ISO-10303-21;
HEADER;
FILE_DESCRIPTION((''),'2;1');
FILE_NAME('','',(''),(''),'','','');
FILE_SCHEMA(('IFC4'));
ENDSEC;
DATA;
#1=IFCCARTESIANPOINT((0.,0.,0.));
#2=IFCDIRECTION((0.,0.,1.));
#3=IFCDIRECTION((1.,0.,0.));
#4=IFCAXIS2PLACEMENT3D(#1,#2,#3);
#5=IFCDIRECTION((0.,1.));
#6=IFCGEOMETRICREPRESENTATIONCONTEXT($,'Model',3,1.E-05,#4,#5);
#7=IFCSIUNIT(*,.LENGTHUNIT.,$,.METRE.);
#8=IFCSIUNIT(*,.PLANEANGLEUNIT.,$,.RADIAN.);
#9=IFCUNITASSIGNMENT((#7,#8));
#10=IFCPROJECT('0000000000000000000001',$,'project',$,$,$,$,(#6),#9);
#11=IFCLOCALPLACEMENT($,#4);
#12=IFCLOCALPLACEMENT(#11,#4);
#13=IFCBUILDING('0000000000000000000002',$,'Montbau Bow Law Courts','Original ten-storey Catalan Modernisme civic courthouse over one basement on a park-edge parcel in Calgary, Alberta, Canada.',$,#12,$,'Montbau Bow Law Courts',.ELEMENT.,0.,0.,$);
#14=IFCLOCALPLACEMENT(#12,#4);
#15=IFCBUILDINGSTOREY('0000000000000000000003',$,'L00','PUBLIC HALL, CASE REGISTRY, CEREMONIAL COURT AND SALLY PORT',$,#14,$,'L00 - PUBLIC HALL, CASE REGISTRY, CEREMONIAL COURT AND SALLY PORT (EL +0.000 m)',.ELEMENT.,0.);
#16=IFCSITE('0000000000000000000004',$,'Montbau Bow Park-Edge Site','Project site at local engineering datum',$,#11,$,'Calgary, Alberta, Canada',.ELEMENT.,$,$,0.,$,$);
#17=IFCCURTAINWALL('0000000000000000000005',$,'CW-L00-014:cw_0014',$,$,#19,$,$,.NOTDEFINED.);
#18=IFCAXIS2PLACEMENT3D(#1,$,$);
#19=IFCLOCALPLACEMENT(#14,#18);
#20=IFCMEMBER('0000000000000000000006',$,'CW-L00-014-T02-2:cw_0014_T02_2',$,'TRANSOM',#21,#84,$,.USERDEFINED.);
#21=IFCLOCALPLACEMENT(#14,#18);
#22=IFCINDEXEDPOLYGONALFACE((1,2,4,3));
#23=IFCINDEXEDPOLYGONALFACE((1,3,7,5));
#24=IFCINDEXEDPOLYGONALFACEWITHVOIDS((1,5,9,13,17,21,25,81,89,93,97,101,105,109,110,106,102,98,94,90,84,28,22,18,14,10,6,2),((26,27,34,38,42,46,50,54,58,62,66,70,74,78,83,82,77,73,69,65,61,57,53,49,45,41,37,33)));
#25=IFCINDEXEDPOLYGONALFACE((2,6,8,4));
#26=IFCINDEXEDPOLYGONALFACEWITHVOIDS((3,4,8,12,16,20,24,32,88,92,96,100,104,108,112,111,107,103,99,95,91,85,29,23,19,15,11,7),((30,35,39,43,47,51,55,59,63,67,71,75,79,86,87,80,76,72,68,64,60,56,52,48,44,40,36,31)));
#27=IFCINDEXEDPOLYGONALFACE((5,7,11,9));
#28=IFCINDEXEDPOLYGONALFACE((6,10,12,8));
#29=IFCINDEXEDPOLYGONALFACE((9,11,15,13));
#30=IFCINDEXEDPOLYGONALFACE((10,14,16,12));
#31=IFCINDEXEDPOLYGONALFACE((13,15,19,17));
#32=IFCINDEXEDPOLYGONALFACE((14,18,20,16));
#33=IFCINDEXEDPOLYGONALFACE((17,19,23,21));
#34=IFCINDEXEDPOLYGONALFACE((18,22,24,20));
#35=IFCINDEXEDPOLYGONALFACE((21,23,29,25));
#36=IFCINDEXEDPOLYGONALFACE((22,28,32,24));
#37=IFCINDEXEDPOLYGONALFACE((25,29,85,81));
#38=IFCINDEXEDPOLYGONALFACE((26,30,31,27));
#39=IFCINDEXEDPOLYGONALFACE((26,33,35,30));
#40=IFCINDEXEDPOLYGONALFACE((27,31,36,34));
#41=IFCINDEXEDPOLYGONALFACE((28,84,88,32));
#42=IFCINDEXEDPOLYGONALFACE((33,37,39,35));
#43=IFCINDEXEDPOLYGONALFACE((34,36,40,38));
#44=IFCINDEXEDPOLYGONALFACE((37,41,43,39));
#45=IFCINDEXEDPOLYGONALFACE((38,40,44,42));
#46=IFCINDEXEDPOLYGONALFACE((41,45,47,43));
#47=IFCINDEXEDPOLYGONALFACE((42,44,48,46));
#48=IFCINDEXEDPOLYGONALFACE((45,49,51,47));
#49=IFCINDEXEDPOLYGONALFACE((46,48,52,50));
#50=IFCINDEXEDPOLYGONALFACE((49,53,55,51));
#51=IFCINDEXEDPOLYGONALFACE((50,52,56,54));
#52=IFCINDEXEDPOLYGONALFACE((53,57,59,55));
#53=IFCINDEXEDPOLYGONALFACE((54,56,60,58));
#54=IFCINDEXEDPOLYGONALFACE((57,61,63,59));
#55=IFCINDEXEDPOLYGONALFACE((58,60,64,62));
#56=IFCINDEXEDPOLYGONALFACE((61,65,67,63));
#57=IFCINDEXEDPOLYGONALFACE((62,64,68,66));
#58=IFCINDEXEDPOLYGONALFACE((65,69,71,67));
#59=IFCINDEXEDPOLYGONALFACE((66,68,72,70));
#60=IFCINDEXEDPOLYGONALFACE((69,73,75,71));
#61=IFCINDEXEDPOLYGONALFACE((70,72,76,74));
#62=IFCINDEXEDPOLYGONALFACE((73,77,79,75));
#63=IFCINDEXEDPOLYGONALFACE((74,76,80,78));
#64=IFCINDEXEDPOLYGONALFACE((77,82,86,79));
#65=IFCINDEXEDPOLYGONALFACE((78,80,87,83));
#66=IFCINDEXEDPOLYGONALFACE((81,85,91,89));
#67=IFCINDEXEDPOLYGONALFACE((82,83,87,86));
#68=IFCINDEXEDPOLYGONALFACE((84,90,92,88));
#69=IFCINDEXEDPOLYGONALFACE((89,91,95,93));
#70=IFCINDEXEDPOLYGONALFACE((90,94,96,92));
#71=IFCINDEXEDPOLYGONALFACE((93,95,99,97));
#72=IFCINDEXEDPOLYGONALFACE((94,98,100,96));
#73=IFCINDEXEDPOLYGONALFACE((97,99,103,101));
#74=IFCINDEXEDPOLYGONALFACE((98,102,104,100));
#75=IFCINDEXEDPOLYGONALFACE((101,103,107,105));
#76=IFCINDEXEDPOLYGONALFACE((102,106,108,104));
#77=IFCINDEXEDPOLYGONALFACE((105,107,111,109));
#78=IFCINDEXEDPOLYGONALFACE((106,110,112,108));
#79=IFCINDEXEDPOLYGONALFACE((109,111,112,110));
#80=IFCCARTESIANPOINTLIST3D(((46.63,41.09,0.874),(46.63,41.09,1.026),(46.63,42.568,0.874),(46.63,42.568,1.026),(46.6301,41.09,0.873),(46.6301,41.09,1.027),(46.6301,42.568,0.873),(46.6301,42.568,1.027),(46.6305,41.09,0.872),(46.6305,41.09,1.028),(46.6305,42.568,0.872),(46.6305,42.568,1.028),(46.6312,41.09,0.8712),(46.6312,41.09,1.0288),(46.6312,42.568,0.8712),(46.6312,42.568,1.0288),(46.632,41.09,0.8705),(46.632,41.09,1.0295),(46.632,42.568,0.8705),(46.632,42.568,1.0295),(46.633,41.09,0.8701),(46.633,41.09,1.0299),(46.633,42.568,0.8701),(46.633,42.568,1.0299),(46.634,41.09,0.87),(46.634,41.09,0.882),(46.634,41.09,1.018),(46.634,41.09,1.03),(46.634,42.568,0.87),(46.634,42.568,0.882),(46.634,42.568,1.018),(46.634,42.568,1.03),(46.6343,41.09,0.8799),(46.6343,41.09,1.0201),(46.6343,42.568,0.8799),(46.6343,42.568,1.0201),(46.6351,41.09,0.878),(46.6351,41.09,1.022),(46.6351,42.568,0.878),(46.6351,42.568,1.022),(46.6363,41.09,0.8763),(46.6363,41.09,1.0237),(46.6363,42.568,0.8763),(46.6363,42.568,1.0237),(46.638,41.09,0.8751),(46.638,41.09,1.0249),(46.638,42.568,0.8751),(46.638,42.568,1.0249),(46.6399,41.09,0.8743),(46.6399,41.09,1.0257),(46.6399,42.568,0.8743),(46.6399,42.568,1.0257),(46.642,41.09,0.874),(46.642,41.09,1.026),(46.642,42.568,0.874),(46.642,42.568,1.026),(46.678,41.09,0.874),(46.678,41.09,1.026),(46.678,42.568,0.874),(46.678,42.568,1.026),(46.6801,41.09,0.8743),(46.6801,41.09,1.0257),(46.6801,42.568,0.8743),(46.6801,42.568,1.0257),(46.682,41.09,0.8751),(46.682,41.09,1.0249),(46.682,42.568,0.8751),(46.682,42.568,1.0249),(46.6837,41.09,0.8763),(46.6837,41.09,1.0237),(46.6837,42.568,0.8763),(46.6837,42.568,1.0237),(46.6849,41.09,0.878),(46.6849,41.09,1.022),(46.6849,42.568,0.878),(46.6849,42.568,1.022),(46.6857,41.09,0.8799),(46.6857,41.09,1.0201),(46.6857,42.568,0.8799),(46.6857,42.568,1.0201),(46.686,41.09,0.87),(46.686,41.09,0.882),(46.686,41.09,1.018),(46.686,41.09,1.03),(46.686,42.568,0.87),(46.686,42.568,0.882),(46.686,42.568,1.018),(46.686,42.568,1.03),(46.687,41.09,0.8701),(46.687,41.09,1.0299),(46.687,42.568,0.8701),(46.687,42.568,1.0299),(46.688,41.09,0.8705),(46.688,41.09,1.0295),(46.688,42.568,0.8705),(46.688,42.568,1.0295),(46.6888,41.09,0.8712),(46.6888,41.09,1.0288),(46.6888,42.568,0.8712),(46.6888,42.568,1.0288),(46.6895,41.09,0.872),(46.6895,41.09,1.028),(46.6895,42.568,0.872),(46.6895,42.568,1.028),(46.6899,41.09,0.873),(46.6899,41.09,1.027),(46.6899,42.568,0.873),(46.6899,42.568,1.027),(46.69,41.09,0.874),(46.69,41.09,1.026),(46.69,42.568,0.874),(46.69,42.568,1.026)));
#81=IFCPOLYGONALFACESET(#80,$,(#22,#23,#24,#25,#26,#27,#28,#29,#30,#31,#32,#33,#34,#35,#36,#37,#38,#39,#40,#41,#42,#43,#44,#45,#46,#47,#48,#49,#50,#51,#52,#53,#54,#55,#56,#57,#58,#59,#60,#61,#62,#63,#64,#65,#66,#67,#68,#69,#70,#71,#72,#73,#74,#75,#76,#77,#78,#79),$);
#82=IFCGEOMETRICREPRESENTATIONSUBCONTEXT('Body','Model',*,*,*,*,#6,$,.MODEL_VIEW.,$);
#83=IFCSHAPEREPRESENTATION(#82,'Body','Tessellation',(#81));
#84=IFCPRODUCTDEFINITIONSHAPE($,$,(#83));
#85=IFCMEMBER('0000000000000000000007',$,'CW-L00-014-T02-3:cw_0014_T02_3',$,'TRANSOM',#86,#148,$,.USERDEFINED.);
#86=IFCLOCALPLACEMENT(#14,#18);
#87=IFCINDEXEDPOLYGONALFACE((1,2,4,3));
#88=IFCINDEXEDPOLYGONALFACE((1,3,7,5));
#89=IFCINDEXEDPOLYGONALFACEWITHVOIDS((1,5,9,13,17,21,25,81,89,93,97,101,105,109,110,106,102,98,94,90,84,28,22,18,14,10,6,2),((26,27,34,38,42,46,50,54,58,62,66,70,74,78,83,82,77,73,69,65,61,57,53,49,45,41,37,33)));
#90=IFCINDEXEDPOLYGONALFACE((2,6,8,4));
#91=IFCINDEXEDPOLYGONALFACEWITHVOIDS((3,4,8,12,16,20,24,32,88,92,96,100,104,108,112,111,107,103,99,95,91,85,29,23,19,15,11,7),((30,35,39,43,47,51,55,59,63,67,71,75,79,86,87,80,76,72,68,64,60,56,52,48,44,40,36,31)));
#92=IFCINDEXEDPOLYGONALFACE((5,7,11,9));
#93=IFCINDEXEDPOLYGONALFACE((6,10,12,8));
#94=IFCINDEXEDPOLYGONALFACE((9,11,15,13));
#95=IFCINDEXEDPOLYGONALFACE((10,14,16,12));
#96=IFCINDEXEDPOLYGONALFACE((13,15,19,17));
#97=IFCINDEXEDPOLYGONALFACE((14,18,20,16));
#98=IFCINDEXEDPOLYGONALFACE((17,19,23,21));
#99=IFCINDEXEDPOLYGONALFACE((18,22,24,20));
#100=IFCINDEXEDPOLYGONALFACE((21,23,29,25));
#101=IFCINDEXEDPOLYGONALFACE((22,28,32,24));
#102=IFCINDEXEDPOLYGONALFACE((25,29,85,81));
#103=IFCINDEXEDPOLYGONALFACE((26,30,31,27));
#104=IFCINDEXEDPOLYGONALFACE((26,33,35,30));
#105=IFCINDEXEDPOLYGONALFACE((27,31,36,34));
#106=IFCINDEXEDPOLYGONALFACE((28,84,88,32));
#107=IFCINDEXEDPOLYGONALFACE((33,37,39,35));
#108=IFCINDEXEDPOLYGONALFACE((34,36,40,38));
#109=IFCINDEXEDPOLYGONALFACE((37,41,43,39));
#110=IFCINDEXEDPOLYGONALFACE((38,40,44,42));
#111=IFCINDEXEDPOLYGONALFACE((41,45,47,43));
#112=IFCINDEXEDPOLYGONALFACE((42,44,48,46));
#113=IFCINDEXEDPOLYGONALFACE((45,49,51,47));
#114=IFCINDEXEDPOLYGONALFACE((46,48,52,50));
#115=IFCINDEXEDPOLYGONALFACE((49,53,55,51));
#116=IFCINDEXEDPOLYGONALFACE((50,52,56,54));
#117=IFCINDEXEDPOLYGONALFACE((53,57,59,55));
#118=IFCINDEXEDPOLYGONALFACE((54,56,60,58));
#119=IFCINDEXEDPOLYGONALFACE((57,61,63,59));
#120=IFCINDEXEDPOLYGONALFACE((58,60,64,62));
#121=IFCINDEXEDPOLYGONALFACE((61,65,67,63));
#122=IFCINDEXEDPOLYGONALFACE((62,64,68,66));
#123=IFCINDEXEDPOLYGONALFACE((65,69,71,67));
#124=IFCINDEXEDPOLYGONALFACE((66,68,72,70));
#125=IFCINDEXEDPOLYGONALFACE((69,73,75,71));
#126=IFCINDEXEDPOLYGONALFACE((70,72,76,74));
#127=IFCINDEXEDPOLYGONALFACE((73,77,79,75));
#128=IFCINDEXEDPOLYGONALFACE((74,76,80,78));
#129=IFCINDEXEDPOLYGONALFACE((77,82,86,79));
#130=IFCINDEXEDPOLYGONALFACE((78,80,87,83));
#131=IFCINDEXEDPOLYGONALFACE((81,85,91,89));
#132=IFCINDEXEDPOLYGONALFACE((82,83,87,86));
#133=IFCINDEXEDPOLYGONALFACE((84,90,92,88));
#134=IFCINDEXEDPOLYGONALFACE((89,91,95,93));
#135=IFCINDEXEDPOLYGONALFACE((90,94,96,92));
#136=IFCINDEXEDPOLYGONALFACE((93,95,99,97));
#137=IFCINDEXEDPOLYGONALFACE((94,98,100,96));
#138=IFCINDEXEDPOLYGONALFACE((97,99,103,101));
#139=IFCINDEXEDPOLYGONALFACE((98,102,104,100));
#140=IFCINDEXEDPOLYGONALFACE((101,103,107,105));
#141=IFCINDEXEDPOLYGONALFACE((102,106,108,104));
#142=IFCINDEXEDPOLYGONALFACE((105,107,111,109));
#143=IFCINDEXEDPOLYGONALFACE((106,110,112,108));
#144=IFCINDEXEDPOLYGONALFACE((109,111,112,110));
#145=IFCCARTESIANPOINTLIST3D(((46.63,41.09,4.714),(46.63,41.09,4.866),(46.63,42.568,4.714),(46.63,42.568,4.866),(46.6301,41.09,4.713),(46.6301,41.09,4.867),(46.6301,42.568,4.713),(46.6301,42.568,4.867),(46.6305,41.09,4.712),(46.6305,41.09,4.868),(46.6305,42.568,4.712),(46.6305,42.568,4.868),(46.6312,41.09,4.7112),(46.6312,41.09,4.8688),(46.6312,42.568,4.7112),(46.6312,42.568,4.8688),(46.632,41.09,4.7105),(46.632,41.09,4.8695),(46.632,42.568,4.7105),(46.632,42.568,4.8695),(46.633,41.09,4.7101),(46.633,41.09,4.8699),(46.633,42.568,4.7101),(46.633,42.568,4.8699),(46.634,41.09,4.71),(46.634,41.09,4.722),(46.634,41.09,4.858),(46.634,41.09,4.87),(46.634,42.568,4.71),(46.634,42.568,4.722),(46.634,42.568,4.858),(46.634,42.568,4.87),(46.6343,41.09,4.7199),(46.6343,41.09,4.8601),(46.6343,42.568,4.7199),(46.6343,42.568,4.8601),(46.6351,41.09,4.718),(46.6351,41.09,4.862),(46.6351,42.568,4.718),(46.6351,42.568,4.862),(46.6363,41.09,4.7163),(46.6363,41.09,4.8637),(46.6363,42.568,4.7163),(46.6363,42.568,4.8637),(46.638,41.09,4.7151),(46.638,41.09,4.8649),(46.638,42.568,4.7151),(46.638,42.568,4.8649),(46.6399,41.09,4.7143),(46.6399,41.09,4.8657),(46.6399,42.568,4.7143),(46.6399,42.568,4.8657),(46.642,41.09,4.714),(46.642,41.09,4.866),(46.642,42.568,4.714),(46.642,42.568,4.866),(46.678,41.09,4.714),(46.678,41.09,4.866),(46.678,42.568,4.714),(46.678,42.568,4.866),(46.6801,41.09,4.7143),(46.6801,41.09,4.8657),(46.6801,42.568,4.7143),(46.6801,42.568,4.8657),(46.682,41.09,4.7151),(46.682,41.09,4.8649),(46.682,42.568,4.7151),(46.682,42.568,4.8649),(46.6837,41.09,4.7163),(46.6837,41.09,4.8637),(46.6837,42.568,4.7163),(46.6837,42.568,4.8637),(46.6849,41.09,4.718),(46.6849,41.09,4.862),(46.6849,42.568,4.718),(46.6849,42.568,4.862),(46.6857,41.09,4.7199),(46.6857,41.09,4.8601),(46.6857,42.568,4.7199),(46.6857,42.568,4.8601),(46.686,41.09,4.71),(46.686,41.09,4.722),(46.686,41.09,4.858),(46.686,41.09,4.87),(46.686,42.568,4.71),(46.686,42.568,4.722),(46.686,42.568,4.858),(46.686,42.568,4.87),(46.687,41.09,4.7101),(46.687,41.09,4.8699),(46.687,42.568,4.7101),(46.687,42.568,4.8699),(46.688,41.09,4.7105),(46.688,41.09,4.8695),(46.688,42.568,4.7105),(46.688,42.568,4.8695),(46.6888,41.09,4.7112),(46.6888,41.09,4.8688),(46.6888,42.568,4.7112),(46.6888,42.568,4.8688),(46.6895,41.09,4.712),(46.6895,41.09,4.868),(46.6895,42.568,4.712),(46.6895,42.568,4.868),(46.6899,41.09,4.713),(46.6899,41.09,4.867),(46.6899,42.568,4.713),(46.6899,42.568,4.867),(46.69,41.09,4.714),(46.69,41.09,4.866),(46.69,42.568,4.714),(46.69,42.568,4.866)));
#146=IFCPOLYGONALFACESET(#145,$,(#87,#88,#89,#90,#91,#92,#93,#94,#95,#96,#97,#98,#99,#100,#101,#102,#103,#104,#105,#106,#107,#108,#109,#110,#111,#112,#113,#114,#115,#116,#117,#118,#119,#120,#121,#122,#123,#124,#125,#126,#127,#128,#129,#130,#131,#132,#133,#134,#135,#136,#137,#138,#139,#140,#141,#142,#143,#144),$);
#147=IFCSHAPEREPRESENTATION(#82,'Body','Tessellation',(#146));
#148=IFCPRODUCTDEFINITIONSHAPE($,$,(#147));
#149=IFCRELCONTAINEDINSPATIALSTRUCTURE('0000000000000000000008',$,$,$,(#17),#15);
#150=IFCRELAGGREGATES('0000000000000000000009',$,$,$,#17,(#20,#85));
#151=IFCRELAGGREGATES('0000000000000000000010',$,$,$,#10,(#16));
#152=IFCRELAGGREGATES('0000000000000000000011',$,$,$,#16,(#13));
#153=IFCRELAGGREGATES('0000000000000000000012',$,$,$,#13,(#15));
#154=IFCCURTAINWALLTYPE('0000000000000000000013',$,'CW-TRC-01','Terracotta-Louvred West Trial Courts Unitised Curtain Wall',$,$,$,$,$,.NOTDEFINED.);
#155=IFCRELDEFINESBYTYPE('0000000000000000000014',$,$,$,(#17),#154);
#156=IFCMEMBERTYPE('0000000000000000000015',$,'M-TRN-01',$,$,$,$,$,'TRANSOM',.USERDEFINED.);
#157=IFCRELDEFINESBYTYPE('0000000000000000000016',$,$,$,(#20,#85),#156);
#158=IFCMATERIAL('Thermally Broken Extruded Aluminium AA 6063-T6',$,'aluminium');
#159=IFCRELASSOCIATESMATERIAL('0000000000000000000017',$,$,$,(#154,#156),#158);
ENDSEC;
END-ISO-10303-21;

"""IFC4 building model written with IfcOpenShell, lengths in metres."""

from ifc_helpers import new_model, si_unit, direction, frame, origin_with_axes, origin_2d_with_axis, place, context, subcontext, project, spatial, hollow_rectangle, extrude, material, material_profile, profile_set, type_object, element, aggregate, save


model = new_model("IFC4")

# Units and contexts
model_context = context("Model", 3, precision=1e-05, world=origin_with_axes(), true_north=direction((0.0, 1.0)))
body_context = subcontext(model_context, "Body", "Model", "MODEL_VIEW")
ifc_project = project(units=[si_unit("LENGTHUNIT", "METRE"), si_unit("PLANEANGLEUNIT", "RADIAN")], contexts=[model_context])

# Site, building, storey
site_placement = place(None, origin_with_axes())
site = spatial("IfcSite", under=ifc_project, at=site_placement, Name="Montbau Bow Park-Edge Site", Description="Project site at local engineering datum", LongName="Calgary, Alberta, Canada", CompositionType="ELEMENT", RefElevation=0.0)
building_placement = place(site_placement, origin_with_axes())
building = spatial("IfcBuilding", under=site, at=building_placement, Name="Montbau Bow Law Courts", Description="Original ten-storey Catalan Modernisme civic courthouse over one basement on a park-edge parcel in Calgary, Alberta, Canada.", LongName="Montbau Bow Law Courts", CompositionType="ELEMENT", ElevationOfRefHeight=0.0, ElevationOfTerrain=0.0)
storey_placement = place(building_placement, origin_with_axes())
storey = spatial("IfcBuildingStorey", under=building, at=storey_placement, Name="L00", Description="PUBLIC HALL, CASE REGISTRY, CEREMONIAL COURT AND SALLY PORT", LongName="L00 - PUBLIC HALL, CASE REGISTRY, CEREMONIAL COURT AND SALLY PORT (EL +0.000 m)", CompositionType="ELEMENT", Elevation=0.0)

# Shared definitions
ifc_material_1 = material(Name="Thermally Broken Extruded Aluminium AA 6063-T6", Category="aluminium")

# Curtain wall, members
curtain_wall_type_1 = type_object("IfcCurtainWallType", Name="CW-TRC-01", Description="Terracotta-Louvred West Trial Courts Unitised Curtain Wall", PredefinedType="NOTDEFINED", material=ifc_material_1)
curtain_wall_1_placement = place(None, frame((46.66, 39.515, 0.0), z_axis=(0.0, 0.0, 1.0), x_axis=(1.0, 0.0, 0.0)))
curtain_wall_1 = element("IfcCurtainWall", 1, at=curtain_wall_1_placement, inside=storey, type_object=curtain_wall_type_1, Name="CW-L00-014:cw_0014", PredefinedType="NOTDEFINED")
ifc_material_profile_1 = material_profile(ifc_material_1, hollow_rectangle(XDim=0.06, YDim=0.16, WallThickness=0.004, InnerFilletRadius=0.008, OuterFilletRadius=0.004, at=origin_2d_with_axis()), Name="CWT-160X60", Category="Main", Priority=0)
ifc_profile_set_1 = profile_set([ifc_material_profile_1], Name="Thermally Broken Extruded Aluminium AA 6063-T6")
member_type_1 = type_object("IfcMemberType", Name="M-TRN-01", ElementType="TRANSOM", PredefinedType="USERDEFINED", material=ifc_profile_set_1)
member_1_placement = place(None, frame((46.66, 41.09, 0.95), z_axis=(0.0, 1.0, 0.0), x_axis=(-1.0, 0.0, 0.0)))
member_1 = element("IfcMember", 2, at=member_1_placement, type_object=member_type_1, Name="CW-L00-014-T02-2:cw_0014_T02_2", ObjectType="TRANSOM", PredefinedType="USERDEFINED", context=body_context, shape_type="SweptSolid", body=[
    extrude(hollow_rectangle(XDim=0.06, YDim=0.16, WallThickness=0.004, InnerFilletRadius=0.008, OuterFilletRadius=0.004, at=origin_2d_with_axis()), origin_with_axes(), (0.0, 0.0, 1.0), 1.478),
])
member_2_placement = place(None, frame((46.66, 41.09, 4.79), z_axis=(0.0, 1.0, 0.0), x_axis=(-1.0, 0.0, 0.0)))
member_2 = element("IfcMember", 3, at=member_2_placement, type_object=member_type_1, Name="CW-L00-014-T02-3:cw_0014_T02_3", ObjectType="TRANSOM", PredefinedType="USERDEFINED", context=body_context, shape_type="SweptSolid", body=[
    extrude(hollow_rectangle(XDim=0.06, YDim=0.16, WallThickness=0.004, InnerFilletRadius=0.008, OuterFilletRadius=0.004, at=origin_2d_with_axis()), origin_with_axes(), (0.0, 0.0, 1.0), 1.478),
])

aggregate(curtain_wall_1, [member_1, member_2])

save(model, "model.ifc")
